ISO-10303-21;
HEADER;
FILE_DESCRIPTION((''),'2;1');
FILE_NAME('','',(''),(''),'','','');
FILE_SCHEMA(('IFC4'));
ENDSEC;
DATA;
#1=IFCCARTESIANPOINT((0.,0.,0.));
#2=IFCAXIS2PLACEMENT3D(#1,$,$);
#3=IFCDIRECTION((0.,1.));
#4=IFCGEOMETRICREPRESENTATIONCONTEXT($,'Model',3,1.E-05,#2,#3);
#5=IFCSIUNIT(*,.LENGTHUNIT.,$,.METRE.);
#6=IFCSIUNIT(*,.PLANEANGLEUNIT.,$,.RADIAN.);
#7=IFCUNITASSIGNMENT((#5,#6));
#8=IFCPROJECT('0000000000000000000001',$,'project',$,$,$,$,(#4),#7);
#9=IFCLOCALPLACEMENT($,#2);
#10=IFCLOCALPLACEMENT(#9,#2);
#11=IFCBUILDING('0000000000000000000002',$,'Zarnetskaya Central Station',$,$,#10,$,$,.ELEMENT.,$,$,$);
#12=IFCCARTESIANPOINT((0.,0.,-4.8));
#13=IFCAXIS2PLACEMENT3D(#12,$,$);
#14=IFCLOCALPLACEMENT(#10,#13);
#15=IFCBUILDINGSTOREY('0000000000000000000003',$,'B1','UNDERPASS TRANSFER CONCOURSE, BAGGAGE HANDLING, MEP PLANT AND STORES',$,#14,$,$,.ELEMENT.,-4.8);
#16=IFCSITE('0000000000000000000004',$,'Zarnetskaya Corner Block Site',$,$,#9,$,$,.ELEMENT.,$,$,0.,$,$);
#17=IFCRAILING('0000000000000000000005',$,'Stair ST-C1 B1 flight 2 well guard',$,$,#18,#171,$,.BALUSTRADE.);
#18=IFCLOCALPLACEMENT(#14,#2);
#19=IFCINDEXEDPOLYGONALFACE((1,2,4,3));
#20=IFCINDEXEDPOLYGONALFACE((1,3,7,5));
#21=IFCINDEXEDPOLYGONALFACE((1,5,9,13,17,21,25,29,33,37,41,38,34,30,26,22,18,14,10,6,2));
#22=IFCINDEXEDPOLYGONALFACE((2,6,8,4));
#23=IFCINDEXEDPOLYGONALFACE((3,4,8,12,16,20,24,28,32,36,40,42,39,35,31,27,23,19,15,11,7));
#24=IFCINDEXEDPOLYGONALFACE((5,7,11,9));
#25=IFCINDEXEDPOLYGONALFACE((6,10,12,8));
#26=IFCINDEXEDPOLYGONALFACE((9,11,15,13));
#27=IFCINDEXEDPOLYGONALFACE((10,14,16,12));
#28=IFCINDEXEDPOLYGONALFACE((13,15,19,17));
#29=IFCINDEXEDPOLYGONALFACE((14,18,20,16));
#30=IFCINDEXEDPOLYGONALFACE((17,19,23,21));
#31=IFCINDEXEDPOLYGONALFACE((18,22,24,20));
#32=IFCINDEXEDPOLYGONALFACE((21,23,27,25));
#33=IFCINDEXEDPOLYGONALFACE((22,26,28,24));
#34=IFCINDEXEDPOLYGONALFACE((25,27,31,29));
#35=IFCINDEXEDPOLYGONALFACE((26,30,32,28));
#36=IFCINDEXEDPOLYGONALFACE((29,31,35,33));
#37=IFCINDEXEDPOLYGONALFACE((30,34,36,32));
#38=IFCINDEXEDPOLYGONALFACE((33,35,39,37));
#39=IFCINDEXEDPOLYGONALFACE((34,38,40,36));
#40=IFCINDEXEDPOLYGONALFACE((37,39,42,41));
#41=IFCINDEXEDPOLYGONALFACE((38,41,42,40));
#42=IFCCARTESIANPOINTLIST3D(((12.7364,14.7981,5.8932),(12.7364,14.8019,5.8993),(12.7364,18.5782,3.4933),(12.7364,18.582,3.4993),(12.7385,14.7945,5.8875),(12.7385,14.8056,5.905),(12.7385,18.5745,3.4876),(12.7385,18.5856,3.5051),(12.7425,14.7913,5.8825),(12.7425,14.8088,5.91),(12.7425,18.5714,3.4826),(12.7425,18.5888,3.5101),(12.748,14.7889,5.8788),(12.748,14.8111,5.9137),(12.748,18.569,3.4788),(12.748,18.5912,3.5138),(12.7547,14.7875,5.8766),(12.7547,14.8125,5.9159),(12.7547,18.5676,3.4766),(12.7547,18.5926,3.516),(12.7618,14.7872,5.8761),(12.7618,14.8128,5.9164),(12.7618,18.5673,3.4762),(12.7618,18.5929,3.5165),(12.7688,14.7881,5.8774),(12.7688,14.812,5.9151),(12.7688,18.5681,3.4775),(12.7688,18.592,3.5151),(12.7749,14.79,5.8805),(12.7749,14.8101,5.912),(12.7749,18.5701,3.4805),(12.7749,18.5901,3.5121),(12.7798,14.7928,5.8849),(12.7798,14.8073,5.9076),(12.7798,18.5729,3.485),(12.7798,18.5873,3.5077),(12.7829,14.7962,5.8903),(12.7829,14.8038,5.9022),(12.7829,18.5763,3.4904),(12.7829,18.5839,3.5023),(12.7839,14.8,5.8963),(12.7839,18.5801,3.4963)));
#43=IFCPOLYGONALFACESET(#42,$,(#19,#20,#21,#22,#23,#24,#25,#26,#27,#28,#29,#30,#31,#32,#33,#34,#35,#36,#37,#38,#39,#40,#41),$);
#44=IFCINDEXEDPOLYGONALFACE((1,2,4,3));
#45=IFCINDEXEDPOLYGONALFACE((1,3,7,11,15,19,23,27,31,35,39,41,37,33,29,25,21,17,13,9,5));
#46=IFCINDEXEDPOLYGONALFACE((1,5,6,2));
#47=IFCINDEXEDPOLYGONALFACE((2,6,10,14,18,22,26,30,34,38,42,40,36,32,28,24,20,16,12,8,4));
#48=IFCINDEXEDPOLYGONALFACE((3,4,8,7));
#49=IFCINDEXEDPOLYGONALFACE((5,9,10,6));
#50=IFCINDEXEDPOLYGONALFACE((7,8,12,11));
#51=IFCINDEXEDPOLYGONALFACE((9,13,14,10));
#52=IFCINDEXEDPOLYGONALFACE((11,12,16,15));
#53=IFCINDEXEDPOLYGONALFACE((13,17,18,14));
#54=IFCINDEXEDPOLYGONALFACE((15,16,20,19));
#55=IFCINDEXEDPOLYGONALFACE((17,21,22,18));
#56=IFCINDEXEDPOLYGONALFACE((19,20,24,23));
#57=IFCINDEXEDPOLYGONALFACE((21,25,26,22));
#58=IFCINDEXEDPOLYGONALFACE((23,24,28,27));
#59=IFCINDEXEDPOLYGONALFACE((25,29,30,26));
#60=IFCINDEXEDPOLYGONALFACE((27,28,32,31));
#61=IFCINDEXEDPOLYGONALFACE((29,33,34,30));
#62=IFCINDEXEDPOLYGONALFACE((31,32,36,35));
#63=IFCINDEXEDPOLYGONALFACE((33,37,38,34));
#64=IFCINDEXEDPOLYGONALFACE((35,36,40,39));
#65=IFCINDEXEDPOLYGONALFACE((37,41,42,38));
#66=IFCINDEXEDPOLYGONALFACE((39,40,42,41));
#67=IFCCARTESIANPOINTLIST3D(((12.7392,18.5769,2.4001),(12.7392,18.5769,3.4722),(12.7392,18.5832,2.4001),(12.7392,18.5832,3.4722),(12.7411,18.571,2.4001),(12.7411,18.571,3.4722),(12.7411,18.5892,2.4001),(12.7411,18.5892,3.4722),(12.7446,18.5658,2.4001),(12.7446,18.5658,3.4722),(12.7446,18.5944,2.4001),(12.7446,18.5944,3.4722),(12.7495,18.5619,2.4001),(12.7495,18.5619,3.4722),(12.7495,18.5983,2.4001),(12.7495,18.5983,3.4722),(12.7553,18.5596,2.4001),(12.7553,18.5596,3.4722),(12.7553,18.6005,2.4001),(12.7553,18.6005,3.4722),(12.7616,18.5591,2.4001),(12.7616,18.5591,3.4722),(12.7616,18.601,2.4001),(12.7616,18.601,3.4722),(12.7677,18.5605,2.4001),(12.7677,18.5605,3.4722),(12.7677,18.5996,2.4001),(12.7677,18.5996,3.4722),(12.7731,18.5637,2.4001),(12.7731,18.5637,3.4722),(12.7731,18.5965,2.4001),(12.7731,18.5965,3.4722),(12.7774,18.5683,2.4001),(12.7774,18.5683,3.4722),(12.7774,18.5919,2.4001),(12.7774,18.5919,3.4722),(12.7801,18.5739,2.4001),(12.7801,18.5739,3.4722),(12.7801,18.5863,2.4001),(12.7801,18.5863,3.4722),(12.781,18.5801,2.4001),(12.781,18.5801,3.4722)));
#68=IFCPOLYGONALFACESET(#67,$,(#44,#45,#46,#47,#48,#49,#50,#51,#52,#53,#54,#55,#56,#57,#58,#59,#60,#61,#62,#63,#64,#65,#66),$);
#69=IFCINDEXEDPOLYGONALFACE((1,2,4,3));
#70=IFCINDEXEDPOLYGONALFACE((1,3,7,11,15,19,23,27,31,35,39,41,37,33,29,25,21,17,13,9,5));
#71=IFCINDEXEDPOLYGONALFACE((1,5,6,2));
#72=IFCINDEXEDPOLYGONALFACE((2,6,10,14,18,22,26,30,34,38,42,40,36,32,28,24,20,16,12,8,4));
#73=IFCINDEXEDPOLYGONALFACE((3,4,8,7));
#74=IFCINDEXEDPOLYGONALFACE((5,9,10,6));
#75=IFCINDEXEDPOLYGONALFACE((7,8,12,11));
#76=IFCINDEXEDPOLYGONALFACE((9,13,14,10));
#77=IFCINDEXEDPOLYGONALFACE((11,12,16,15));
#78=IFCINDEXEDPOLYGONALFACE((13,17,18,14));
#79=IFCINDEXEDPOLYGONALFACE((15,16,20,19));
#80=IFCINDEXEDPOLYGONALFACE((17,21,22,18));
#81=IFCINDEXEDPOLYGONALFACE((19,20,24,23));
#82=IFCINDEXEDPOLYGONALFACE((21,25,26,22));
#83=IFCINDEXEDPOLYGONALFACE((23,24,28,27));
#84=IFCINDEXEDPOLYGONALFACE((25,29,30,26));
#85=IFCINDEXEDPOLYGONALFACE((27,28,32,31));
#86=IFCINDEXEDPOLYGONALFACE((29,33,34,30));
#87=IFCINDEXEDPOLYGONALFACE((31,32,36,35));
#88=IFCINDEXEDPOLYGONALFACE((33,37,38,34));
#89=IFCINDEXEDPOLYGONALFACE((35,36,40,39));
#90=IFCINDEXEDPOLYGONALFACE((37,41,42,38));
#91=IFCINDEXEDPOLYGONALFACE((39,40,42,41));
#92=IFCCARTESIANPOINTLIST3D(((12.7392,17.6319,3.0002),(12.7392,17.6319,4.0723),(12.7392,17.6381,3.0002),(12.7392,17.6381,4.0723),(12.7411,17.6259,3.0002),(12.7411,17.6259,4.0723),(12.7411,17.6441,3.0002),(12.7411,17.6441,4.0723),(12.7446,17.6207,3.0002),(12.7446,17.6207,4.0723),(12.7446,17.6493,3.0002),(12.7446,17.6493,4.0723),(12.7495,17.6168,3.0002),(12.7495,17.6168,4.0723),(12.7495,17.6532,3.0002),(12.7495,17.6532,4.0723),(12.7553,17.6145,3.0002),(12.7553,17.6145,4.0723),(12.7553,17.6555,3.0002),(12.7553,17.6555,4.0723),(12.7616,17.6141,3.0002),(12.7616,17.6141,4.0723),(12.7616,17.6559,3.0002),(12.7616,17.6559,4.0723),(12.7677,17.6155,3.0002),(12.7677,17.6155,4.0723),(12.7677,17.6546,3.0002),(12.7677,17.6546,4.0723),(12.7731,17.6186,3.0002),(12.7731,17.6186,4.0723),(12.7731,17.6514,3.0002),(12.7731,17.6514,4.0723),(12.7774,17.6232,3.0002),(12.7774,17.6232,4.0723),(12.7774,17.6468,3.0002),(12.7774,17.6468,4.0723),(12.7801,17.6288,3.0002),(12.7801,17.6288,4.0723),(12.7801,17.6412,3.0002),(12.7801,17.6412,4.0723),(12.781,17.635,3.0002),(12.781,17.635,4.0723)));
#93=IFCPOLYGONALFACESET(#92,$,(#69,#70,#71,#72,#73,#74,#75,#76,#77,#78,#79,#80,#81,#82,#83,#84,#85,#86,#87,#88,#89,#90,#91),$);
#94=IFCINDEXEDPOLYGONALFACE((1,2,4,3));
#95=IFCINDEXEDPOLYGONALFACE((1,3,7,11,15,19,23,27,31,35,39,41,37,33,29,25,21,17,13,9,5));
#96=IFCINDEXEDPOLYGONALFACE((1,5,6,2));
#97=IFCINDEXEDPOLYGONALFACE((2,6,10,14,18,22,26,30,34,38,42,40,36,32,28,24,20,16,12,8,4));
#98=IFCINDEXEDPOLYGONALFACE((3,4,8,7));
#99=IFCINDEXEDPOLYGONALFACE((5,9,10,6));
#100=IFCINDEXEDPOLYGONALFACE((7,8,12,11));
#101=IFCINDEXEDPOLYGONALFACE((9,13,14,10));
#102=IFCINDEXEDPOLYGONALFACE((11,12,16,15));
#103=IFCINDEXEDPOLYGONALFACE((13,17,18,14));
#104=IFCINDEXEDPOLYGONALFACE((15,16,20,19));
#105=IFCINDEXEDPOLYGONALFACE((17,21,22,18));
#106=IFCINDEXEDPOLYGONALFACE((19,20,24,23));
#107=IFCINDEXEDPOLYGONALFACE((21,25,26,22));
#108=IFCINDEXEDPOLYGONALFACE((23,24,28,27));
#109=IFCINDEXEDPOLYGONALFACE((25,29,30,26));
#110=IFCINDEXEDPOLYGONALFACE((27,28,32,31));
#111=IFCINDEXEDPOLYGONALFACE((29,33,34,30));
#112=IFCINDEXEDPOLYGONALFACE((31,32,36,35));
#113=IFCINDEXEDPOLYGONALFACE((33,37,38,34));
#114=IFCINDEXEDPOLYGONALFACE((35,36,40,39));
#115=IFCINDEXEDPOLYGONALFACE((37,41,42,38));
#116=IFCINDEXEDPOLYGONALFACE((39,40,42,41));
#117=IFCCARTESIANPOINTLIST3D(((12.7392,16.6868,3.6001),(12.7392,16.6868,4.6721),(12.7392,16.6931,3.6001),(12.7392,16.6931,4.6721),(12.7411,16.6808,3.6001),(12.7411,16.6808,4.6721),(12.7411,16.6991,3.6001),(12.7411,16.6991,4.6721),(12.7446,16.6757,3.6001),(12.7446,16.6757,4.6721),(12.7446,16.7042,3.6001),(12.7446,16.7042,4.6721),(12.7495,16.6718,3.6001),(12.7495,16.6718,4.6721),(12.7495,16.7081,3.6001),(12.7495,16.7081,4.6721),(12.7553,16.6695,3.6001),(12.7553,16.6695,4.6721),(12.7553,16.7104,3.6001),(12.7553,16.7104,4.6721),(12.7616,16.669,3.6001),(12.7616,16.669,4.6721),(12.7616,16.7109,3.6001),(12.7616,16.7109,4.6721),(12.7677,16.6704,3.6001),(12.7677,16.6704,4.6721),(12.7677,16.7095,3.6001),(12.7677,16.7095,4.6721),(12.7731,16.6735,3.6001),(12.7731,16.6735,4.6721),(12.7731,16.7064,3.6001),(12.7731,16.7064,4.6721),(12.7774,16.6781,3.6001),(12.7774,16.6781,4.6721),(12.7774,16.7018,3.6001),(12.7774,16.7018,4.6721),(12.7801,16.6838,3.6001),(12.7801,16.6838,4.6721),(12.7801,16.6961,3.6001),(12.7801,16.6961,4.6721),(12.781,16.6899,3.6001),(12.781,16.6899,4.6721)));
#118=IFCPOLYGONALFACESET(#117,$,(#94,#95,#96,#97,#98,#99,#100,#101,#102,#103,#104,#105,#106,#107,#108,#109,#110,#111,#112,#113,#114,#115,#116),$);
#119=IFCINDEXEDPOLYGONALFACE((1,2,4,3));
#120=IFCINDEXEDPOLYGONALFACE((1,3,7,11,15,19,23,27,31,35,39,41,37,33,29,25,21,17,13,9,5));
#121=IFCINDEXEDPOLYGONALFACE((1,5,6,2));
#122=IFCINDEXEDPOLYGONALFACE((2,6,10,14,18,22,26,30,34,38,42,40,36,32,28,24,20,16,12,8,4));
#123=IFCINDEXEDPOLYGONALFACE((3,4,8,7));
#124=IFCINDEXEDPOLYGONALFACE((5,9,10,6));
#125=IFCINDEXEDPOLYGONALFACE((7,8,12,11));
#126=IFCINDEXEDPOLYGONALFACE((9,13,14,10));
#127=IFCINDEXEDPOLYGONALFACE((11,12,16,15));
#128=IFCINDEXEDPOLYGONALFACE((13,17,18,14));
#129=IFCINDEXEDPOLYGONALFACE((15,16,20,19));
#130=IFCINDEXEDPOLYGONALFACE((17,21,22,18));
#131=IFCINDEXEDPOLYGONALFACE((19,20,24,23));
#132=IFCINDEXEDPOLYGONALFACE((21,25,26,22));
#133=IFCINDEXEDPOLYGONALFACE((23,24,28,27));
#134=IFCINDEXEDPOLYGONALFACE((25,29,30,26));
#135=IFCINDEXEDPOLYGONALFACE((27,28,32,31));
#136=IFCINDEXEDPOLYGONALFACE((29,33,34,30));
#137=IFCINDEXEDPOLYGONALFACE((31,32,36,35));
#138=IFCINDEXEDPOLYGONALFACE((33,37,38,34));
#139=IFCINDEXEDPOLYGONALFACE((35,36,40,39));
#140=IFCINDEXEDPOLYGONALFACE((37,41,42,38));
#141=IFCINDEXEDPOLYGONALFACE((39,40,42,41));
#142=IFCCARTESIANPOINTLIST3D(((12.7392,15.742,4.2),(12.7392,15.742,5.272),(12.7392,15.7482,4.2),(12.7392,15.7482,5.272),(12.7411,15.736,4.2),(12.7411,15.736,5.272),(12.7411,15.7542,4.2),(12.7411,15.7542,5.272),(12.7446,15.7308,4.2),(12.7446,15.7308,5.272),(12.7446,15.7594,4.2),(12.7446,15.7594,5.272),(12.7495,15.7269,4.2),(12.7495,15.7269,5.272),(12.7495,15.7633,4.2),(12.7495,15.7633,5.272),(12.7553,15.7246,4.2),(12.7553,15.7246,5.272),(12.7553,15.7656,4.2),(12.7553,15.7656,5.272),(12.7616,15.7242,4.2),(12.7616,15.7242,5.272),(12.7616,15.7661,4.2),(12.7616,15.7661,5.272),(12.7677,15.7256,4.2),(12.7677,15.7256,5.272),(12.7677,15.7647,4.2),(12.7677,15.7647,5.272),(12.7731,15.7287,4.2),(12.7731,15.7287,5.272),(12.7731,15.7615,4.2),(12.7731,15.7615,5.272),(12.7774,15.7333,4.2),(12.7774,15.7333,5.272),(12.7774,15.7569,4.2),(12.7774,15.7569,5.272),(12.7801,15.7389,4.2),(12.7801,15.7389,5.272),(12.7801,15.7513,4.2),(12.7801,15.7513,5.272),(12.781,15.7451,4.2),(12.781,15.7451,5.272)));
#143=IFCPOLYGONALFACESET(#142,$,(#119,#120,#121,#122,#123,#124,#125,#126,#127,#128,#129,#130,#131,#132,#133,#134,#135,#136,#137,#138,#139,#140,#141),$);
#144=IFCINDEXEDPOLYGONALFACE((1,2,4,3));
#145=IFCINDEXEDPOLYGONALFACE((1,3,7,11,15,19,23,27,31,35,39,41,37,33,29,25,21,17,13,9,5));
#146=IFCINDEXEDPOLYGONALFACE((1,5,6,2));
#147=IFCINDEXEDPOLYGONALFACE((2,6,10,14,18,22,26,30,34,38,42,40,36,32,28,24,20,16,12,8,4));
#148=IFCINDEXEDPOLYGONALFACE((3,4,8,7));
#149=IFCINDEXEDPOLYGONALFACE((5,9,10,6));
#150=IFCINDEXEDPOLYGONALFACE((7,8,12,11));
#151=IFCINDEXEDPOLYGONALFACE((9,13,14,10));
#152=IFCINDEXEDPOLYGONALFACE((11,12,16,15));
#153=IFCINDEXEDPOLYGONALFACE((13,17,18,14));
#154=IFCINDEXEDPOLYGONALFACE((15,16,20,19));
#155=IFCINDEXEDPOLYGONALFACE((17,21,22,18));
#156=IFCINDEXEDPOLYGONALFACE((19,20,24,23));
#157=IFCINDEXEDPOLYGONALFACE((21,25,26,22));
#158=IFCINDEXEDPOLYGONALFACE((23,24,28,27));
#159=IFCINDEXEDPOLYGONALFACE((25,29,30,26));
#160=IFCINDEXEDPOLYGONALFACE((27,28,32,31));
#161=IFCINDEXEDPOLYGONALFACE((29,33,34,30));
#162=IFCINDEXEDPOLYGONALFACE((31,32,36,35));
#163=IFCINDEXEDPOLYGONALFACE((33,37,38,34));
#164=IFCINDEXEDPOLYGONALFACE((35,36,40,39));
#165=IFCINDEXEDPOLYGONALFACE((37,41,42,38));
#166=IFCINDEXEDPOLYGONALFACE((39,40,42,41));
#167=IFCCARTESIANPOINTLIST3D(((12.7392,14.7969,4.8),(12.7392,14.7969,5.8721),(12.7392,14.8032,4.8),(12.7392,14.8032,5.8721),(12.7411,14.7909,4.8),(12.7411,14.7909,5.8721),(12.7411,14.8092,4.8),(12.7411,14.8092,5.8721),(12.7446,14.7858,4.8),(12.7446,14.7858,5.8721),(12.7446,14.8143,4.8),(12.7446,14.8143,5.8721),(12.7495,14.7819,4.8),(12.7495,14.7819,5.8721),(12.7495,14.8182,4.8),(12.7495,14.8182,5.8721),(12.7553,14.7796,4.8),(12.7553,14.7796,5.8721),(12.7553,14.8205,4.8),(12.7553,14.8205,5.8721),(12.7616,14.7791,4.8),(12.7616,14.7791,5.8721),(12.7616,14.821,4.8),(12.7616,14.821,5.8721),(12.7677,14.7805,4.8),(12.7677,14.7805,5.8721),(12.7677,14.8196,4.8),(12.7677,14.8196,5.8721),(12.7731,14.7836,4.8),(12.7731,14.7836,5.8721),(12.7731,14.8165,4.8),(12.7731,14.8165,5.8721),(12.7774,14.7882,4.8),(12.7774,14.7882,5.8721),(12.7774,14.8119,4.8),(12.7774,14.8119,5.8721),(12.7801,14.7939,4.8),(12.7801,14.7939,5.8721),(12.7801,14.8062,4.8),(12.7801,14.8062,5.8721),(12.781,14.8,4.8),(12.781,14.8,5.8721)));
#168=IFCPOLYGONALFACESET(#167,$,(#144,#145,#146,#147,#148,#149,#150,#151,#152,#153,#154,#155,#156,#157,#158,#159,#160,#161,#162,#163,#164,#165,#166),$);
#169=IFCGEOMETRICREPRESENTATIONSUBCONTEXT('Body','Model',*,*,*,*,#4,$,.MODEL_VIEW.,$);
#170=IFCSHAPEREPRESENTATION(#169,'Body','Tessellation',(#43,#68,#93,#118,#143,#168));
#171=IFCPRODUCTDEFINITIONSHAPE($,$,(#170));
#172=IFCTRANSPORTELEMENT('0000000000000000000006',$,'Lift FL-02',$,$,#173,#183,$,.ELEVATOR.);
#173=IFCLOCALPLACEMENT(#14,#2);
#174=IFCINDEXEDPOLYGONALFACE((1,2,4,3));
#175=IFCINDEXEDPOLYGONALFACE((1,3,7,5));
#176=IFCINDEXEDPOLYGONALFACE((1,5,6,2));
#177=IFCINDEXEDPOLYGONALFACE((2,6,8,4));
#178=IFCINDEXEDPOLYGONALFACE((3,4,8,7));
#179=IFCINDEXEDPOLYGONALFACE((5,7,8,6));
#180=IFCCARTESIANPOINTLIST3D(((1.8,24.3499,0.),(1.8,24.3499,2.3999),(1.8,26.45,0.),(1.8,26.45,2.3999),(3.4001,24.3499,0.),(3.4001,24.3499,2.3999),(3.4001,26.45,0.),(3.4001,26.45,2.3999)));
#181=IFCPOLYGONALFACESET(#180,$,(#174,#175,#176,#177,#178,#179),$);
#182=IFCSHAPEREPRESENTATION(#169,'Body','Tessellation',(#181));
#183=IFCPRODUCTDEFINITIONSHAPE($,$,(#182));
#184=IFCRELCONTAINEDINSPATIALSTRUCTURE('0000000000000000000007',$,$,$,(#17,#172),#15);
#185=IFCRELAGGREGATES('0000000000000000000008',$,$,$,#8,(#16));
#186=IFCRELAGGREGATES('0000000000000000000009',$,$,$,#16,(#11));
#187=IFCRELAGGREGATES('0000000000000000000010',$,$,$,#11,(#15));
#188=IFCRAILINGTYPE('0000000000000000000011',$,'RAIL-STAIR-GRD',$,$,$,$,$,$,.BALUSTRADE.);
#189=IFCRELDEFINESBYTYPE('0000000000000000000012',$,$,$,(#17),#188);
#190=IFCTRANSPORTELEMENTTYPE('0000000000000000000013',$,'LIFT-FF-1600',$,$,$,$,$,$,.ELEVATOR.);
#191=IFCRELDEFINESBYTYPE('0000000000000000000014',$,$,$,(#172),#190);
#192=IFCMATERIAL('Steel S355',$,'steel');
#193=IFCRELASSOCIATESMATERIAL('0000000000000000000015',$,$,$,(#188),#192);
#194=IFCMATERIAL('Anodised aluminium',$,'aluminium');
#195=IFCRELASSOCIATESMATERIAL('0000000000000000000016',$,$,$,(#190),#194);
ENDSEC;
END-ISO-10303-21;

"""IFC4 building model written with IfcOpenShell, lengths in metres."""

from ifc_helpers import new_model, si_unit, direction, frame, origin, origin_2d, place, context, subcontext, project, spatial, rectangle, circle, extrude, material, type_object, element, save


model = new_model("IFC4")

# Units and contexts
model_context = context("Model", 3, precision=1e-05, world=origin(), true_north=direction((0.0, 1.0)))
body_context = subcontext(model_context, "Body", "Model", "MODEL_VIEW")
ifc_project = project(units=[si_unit("LENGTHUNIT", "METRE"), si_unit("PLANEANGLEUNIT", "RADIAN")], contexts=[model_context])

# Site, building, storey
site_placement = place(None, origin())
site = spatial("IfcSite", under=ifc_project, at=site_placement, Name="Zarnetskaya Corner Block Site", CompositionType="ELEMENT", RefElevation=0.0)
building_placement = place(site_placement, origin())
building = spatial("IfcBuilding", under=site, at=building_placement, Name="Zarnetskaya Central Station", CompositionType="ELEMENT")
storey_placement = place(building_placement, frame((0.0, 0.0, -4.8)))
storey = spatial("IfcBuildingStorey", under=building, at=storey_placement, Name="B1", Description="UNDERPASS TRANSFER CONCOURSE, BAGGAGE HANDLING, MEP PLANT AND STORES", CompositionType="ELEMENT", Elevation=-4.8)

# Shared definitions
ifc_material_1 = material(Name="Anodised aluminium", Category="aluminium")

# Railing
ifc_material_2 = material(Name="Steel S355", Category="steel")
railing_type_1 = type_object("IfcRailingType", Name="RAIL-STAIR-GRD", PredefinedType="BALUSTRADE", material=ifc_material_2)
railing_1_placement = place(storey_placement, frame((12.76, 18.5801, 2.4001)))
element("IfcRailing", 1, at=railing_1_placement, inside=storey, type_object=railing_type_1, Name="Stair ST-C1 B1 flight 2 well guard", PredefinedType="BALUSTRADE", context=body_context, shape_type="SweptSolid", body=[
    extrude(circle(Radius=0.0239, at=origin_2d()), frame((0.0, 0.0, 1.0962), z_axis=(0.0, -0.844225, 0.53599), x_axis=(1.0, 0.0, 0.0)), (0.0, 0.0, 1.0), 4.4775),
    extrude(circle(Radius=0.021, at=origin_2d()), origin(), (0.0, 0.0, 1.0), 1.072),
    extrude(circle(Radius=0.021, at=origin_2d()), frame((0.0, -0.9451, 0.6001)), (0.0, 0.0, 1.0), 1.072),
    extrude(circle(Radius=0.021, at=origin_2d()), frame((0.0, -1.8901, 1.2)), (0.0, 0.0, 1.0), 1.072),
    extrude(circle(Radius=0.021, at=origin_2d()), frame((0.0, -2.835, 1.7998)), (0.0, 0.0, 1.0), 1.072),
    extrude(circle(Radius=0.021, at=origin_2d()), frame((0.0, -3.78, 2.3999)), (0.0, 0.0, 1.0), 1.072),
])

# Transport element
transport_element_type = type_object("IfcTransportElementType", Name="LIFT-FF-1600", PredefinedType="ELEVATOR", material=ifc_material_1)
transport_element_placement = place(storey_placement, frame((2.6001, 25.3999, 0.0), z_axis=(0.0, 0.0, 1.0), x_axis=(1.0, 0.0, 0.0)))
element("IfcTransportElement", 2, at=transport_element_placement, inside=storey, type_object=transport_element_type, Name="Lift FL-02", PredefinedType="ELEVATOR", context=body_context, shape_type="SweptSolid", body=[
    extrude(rectangle(XDim=1.6001, YDim=2.1001, at=origin_2d()), origin(), (0.0, 0.0, 1.0), 2.3999),
])

save(model, "model.ifc")
